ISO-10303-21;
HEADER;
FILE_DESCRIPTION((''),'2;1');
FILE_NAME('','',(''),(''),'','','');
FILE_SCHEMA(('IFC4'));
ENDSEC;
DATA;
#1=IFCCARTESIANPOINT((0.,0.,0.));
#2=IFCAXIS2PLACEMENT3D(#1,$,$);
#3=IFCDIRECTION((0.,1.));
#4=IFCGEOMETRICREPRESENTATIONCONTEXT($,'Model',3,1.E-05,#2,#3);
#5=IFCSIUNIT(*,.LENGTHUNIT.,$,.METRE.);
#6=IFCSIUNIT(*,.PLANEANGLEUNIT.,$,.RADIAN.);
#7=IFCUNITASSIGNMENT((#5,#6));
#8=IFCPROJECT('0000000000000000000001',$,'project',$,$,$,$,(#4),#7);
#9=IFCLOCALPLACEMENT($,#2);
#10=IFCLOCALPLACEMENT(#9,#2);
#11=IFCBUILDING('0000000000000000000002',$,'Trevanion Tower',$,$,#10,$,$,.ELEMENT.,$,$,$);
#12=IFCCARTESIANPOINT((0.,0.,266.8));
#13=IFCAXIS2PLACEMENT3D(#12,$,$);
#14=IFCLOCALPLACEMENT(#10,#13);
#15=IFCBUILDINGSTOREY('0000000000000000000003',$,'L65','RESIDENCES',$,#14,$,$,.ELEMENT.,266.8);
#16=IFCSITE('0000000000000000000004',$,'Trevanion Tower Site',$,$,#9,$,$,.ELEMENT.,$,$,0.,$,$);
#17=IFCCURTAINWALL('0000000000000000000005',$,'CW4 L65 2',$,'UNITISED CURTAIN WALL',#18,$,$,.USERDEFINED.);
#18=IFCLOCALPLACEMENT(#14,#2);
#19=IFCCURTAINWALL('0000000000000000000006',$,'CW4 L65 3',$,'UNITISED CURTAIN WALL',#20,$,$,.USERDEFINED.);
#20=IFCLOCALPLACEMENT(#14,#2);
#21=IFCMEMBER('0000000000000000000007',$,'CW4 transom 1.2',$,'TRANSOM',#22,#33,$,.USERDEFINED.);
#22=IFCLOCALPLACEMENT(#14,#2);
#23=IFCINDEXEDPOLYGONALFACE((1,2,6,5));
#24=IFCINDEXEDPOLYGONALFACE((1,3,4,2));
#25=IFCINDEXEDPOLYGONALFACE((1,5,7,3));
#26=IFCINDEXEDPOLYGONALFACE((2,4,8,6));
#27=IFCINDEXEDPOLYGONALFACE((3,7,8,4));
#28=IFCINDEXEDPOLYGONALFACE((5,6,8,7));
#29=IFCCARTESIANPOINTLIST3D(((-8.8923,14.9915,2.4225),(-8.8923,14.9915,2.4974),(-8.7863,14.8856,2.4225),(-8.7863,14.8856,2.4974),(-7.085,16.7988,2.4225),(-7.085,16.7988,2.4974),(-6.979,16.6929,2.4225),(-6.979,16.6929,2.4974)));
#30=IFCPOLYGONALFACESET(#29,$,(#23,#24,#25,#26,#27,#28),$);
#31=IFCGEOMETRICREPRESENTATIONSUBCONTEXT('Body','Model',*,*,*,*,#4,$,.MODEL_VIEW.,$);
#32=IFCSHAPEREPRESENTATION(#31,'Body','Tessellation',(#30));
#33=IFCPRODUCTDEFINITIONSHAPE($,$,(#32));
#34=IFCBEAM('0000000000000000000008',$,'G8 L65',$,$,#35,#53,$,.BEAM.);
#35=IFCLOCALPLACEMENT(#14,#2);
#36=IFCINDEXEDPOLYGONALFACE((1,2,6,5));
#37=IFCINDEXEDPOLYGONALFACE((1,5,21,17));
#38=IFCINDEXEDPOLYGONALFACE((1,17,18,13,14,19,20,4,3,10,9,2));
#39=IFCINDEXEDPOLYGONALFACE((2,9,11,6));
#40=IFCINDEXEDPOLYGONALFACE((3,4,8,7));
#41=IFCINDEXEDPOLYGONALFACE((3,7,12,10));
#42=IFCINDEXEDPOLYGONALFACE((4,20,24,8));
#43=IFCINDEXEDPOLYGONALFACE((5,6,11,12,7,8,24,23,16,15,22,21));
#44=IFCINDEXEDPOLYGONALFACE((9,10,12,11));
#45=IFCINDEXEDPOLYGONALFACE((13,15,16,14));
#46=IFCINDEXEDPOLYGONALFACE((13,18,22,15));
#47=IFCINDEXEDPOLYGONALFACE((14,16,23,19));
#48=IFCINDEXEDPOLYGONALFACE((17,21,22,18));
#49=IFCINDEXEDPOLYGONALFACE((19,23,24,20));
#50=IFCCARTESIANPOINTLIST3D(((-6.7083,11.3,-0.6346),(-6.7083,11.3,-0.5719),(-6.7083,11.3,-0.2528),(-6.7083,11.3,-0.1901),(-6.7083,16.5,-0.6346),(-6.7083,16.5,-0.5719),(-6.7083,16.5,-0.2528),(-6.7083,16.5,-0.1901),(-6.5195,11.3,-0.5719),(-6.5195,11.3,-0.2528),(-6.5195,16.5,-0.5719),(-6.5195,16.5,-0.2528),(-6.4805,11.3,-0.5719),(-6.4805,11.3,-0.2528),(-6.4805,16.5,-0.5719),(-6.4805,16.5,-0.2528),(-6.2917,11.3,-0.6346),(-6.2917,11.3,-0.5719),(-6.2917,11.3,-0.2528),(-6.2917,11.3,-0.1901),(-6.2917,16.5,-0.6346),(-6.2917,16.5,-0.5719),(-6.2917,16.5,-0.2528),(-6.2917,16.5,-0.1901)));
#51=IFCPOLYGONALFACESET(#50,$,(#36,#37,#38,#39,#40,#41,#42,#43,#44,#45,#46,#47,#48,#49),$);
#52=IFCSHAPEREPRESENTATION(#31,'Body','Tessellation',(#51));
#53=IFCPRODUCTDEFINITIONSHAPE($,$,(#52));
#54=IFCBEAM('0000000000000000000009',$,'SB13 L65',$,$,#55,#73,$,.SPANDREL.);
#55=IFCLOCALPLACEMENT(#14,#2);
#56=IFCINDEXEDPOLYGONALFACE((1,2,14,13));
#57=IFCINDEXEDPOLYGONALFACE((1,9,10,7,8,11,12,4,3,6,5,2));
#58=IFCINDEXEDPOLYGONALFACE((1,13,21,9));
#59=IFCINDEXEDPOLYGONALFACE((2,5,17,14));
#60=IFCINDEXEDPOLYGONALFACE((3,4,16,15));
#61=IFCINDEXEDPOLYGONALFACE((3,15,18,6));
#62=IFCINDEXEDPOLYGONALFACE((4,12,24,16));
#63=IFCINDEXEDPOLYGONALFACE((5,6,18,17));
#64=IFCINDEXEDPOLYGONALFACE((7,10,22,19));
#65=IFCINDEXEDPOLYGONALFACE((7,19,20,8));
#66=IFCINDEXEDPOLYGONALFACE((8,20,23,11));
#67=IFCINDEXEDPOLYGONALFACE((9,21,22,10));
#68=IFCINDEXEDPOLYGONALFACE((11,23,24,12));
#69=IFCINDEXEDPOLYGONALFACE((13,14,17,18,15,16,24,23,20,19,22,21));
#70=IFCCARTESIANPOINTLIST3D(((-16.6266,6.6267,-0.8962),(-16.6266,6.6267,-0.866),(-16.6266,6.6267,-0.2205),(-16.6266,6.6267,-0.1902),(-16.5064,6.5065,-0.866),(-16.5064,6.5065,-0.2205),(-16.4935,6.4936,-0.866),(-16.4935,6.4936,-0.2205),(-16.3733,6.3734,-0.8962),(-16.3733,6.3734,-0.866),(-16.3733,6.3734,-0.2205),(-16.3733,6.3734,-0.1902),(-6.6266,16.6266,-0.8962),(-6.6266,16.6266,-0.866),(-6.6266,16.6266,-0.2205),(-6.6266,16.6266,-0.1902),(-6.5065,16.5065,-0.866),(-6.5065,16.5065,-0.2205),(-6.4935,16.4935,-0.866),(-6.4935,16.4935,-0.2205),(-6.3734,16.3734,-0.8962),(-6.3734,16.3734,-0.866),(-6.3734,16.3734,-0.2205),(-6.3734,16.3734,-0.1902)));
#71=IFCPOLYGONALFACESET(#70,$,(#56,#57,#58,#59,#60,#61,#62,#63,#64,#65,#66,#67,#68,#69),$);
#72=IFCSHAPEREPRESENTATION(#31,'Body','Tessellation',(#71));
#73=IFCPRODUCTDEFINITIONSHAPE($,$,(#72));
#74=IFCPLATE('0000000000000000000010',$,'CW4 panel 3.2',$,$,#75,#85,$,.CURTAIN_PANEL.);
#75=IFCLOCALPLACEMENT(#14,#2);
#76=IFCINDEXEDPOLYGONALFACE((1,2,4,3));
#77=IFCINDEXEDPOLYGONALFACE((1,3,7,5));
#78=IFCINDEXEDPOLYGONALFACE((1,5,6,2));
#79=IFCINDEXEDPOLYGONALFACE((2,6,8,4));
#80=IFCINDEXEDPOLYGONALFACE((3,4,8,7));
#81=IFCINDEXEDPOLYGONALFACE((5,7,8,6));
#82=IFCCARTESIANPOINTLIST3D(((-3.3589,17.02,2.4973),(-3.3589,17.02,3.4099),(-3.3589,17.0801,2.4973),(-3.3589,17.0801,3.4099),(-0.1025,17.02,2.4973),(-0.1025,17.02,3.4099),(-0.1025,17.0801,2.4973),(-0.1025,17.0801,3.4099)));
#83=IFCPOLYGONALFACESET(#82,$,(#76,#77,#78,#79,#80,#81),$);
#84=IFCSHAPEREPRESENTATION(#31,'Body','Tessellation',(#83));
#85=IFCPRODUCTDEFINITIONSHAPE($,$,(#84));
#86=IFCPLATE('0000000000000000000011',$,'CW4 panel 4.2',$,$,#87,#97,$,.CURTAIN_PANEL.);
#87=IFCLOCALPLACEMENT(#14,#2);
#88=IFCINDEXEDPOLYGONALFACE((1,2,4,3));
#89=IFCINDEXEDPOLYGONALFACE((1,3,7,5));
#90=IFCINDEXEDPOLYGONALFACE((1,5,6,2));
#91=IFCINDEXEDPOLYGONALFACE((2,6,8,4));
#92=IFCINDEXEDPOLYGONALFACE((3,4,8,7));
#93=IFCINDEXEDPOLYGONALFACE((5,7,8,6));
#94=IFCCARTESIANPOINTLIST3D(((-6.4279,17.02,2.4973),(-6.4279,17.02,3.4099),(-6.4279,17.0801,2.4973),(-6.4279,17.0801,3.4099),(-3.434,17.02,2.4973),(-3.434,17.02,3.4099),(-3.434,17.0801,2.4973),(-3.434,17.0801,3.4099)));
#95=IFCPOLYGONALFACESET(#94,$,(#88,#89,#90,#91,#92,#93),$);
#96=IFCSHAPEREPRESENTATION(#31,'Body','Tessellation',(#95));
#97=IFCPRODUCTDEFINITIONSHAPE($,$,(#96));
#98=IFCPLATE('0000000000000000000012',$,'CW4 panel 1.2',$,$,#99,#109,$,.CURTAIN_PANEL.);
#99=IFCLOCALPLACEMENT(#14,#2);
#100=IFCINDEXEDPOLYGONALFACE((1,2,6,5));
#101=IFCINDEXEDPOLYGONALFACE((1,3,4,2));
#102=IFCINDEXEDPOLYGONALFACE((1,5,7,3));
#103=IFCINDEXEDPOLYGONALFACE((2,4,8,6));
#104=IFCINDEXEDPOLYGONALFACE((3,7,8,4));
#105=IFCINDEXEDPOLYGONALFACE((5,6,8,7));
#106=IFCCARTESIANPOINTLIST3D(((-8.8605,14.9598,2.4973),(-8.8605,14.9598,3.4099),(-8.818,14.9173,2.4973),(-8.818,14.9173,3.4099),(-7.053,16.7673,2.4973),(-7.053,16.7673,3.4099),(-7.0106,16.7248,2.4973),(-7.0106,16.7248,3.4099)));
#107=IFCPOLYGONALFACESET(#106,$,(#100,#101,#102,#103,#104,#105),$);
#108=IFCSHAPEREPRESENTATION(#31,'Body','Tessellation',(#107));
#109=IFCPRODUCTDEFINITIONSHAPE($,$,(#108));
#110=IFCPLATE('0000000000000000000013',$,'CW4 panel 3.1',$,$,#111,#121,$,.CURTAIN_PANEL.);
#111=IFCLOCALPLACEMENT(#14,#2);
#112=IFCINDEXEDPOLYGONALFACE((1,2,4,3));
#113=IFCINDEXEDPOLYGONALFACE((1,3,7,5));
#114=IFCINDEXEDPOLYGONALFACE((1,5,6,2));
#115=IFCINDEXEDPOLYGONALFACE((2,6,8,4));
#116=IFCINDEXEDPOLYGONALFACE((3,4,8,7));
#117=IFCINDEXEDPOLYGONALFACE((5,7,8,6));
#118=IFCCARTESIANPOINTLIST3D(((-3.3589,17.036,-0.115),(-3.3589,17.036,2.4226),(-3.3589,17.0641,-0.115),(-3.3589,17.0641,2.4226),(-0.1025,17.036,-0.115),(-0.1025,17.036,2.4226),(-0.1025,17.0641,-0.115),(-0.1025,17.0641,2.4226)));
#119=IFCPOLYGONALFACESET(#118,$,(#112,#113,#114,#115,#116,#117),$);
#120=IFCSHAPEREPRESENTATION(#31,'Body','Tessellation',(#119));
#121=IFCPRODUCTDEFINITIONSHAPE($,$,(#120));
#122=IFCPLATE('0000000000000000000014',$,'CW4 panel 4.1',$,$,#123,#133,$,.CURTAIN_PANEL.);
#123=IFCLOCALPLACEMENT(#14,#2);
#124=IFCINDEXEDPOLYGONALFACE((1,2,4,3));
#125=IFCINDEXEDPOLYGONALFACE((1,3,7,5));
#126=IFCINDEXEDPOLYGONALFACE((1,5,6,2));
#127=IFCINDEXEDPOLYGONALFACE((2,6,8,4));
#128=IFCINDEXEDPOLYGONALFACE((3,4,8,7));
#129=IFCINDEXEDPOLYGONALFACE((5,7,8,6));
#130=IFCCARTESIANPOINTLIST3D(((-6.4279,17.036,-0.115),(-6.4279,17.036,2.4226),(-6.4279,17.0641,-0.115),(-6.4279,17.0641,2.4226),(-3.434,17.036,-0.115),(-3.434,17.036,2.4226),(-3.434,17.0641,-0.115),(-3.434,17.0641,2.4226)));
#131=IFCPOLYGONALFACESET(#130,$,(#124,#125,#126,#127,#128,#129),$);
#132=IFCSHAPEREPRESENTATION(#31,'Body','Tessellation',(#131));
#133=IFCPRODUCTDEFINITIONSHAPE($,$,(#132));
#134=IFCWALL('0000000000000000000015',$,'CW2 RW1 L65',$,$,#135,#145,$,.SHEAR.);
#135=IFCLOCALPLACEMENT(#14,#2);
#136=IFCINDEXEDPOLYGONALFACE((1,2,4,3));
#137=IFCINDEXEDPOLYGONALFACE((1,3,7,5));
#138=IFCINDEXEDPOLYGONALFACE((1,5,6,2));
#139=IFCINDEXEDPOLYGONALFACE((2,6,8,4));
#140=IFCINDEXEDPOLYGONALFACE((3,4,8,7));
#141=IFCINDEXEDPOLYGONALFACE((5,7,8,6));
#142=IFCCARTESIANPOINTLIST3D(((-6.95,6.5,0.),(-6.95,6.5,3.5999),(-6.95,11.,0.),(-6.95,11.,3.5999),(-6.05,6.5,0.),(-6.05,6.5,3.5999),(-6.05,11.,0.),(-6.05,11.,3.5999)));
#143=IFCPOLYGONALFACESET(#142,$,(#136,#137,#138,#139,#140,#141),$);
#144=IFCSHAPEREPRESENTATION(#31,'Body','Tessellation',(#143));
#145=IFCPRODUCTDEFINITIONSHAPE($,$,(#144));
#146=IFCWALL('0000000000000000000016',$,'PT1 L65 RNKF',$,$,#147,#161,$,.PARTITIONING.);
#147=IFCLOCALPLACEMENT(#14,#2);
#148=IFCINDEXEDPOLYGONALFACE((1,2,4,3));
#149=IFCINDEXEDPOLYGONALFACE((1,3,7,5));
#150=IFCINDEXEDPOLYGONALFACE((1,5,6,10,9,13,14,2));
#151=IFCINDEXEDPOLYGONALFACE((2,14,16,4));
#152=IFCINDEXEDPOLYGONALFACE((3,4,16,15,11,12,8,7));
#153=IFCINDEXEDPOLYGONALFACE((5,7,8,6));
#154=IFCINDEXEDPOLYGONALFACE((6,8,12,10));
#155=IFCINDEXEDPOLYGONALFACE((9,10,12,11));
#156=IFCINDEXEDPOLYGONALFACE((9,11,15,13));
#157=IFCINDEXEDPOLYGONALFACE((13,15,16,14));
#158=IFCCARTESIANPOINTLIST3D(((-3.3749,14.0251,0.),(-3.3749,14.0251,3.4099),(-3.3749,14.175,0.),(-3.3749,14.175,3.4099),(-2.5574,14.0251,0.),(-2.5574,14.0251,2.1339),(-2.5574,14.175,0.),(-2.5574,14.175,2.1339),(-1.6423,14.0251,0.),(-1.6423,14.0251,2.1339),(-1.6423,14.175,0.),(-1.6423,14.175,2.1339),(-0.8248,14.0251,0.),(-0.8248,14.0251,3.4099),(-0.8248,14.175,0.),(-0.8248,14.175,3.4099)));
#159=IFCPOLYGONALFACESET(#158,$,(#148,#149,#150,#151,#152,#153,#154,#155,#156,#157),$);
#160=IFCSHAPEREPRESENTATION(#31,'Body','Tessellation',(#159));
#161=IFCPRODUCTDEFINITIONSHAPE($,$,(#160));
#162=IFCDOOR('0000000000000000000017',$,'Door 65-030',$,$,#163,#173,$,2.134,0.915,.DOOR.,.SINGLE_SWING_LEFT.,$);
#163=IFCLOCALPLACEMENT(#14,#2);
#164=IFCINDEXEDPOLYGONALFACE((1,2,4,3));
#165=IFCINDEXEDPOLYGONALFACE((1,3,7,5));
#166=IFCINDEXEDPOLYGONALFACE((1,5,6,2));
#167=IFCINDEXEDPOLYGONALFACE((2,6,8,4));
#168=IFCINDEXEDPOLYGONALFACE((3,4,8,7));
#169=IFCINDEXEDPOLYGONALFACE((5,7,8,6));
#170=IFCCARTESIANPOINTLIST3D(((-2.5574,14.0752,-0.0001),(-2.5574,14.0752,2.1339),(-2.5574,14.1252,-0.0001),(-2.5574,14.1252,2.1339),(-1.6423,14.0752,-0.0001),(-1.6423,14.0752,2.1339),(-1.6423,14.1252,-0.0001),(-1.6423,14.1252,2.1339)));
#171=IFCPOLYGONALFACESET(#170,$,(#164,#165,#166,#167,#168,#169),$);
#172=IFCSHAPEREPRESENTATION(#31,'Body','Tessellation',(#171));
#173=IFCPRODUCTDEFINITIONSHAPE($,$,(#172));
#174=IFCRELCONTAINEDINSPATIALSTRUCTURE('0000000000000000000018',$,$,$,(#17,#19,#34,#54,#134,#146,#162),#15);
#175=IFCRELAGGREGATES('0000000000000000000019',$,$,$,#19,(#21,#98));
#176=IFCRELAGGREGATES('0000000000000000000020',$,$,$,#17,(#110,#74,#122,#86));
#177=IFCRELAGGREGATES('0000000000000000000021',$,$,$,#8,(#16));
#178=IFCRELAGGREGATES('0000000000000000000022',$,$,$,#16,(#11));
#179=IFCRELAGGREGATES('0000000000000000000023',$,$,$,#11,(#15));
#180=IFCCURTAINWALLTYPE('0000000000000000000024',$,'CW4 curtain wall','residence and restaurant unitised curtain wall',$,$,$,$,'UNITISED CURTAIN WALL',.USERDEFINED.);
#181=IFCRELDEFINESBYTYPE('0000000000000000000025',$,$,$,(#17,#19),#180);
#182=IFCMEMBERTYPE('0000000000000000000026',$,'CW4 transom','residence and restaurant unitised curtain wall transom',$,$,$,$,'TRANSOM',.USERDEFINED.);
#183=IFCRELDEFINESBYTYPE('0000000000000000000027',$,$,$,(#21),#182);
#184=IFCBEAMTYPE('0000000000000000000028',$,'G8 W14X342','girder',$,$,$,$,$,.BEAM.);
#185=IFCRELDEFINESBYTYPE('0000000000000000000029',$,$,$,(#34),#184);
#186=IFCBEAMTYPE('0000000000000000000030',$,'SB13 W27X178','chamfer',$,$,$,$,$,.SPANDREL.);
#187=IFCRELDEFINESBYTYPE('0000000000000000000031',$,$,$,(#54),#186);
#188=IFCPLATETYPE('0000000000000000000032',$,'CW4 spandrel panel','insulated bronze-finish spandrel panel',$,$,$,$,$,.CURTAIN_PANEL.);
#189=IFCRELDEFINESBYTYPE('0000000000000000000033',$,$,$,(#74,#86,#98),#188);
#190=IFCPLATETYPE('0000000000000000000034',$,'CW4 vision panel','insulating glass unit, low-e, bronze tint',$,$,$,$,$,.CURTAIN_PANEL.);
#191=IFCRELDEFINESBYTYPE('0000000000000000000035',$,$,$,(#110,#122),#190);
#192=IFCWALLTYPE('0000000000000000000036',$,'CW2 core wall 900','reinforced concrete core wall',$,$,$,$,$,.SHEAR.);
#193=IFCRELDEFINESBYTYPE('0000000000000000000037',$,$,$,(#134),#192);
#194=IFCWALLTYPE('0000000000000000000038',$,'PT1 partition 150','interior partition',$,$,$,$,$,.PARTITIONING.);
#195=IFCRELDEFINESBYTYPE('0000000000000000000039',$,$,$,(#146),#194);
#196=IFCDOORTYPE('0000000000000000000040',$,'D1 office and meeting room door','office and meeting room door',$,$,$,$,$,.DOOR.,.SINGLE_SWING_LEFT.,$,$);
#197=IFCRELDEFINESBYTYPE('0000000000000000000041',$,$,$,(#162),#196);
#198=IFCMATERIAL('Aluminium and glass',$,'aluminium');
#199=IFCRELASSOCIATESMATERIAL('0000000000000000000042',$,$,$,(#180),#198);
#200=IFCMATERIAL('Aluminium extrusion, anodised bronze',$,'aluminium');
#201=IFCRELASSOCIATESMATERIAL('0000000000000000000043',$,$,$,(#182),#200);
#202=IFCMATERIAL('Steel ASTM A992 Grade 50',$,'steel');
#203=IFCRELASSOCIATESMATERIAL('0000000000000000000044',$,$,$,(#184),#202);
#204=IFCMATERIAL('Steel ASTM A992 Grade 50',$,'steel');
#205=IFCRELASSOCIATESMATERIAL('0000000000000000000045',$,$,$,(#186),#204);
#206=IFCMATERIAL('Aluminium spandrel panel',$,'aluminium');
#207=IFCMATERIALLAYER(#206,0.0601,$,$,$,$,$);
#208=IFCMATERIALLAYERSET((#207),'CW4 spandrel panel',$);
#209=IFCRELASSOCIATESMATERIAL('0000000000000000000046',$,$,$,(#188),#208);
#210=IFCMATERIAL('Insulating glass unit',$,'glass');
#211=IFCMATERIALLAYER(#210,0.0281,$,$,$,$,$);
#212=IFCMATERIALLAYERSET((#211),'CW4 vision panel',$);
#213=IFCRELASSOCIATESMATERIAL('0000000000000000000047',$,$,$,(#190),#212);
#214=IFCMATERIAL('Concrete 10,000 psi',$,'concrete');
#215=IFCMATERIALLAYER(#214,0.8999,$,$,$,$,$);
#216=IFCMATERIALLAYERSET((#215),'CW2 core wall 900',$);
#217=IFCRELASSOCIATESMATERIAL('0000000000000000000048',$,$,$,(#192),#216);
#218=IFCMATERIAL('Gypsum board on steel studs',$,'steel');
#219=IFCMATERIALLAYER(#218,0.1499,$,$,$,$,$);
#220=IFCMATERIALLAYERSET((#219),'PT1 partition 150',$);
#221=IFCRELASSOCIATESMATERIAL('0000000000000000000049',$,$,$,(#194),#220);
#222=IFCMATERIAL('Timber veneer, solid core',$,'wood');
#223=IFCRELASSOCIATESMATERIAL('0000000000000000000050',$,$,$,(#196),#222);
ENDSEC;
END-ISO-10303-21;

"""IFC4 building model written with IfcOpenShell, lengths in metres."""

from ifc_helpers import new_model, si_unit, direction, frame, frame_2d, origin, origin_2d, place, context, subcontext, project, spatial, rectangle, i_section, extrude, material, layer, layer_set, material_profile, profile_set, type_object, element, fill, aggregate, save


model = new_model("IFC4")

# Units and contexts
model_context = context("Model", 3, precision=1e-05, world=origin(), true_north=direction((0.0, 1.0)))
body_context = subcontext(model_context, "Body", "Model", "MODEL_VIEW")
ifc_project = project(units=[si_unit("LENGTHUNIT", "METRE"), si_unit("PLANEANGLEUNIT", "RADIAN")], contexts=[model_context])

# Site, building, storey
site_placement = place(None, origin())
site = spatial("IfcSite", under=ifc_project, at=site_placement, Name="Trevanion Tower Site", CompositionType="ELEMENT", RefElevation=0.0)
building_placement = place(site_placement, origin())
building = spatial("IfcBuilding", under=site, at=building_placement, Name="Trevanion Tower", CompositionType="ELEMENT")
storey_placement = place(building_placement, frame((0.0, 0.0, 266.8)))
storey = spatial("IfcBuildingStorey", under=building, at=storey_placement, Name="L65", Description="RESIDENCES", CompositionType="ELEMENT", Elevation=266.8)

# Curtain wall
ifc_material_1 = material(Name="Aluminium and glass", Category="aluminium")
curtain_wall_type = type_object("IfcCurtainWallType", Name="CW4 curtain wall", Description="residence and restaurant unitised curtain wall", ElementType="UNITISED CURTAIN WALL", PredefinedType="USERDEFINED", material=ifc_material_1)
curtain_wall_1_placement = place(storey_placement, origin())
curtain_wall_1 = element("IfcCurtainWall", 1, at=curtain_wall_1_placement, inside=storey, type_object=curtain_wall_type, Name="CW4 L65 2", ObjectType="UNITISED CURTAIN WALL", PredefinedType="USERDEFINED")

# Curtain wall
curtain_wall_2_placement = place(storey_placement, origin())
curtain_wall_2 = element("IfcCurtainWall", 2, at=curtain_wall_2_placement, inside=storey, type_object=curtain_wall_type, Name="CW4 L65 3", ObjectType="UNITISED CURTAIN WALL", PredefinedType="USERDEFINED")

# Member
ifc_material_2 = material(Name="Aluminium extrusion, anodised bronze", Category="aluminium")
ifc_material_profile_1 = material_profile(ifc_material_2, rectangle(XDim=0.1499, YDim=0.075, at=origin_2d()), Name="CW4 transom")
ifc_profile_set_1 = profile_set([ifc_material_profile_1], Name="Aluminium extrusion, anodised bronze")
member_type_1 = type_object("IfcMemberType", Name="CW4 transom", Description="residence and restaurant unitised curtain wall transom", ElementType="TRANSOM", PredefinedType="USERDEFINED", material=ifc_profile_set_1)
member_1_placement = place(storey_placement, frame((-7.032, 16.7458, 2.46), z_axis=(-0.707107, -0.707107, 0.0), x_axis=(0.707107, -0.707107, 0.0)))
member_1 = element("IfcMember", 3, at=member_1_placement, type_object=member_type_1, Name="CW4 transom 1.2", ObjectType="TRANSOM", PredefinedType="USERDEFINED", context=body_context, shape_type="SweptSolid", body=[
    extrude(rectangle(XDim=0.1499, YDim=0.075, at=origin_2d()), origin(), (0.0, 0.0, 1.0), 2.5559),
])

# Beams
ifc_material_3 = material(Name="Steel ASTM A992 Grade 50", Category="steel")
ifc_material_profile_2 = material_profile(ifc_material_3, i_section(OverallWidth=0.4165, OverallDepth=0.4446, WebThickness=0.0391, FlangeThickness=0.0627, at=origin_2d()), Name="W14X342")
ifc_profile_set_2 = profile_set([ifc_material_profile_2], Name="Steel ASTM A992 Grade 50")
beam_type_1 = type_object("IfcBeamType", Name="G8 W14X342", Description="girder", PredefinedType="BEAM", material=ifc_profile_set_2)
beam_1_placement = place(storey_placement, frame((-6.5, 11.3, -0.4124), z_axis=(0.0, 1.0, 0.0), x_axis=(-1.0, 0.0, 0.0)))
element("IfcBeam", 4, at=beam_1_placement, inside=storey, type_object=beam_type_1, Name="G8 L65", PredefinedType="BEAM", context=body_context, shape_type="SweptSolid", body=[
    extrude(i_section(OverallWidth=0.4165, OverallDepth=0.4446, WebThickness=0.0391, FlangeThickness=0.0627, at=origin_2d()), origin(), (0.0, 0.0, 1.0), 5.2),
])
ifc_material_4 = material(Name="Steel ASTM A992 Grade 50", Category="steel")
ifc_material_profile_3 = material_profile(ifc_material_4, i_section(OverallWidth=0.3582, OverallDepth=0.7061, WebThickness=0.0183, FlangeThickness=0.0303, at=origin_2d()), Name="W27X178")
ifc_profile_set_3 = profile_set([ifc_material_profile_3], Name="Steel ASTM A992 Grade 50")
beam_type_2 = type_object("IfcBeamType", Name="SB13 W27X178", Description="chamfer", PredefinedType="SPANDREL", material=ifc_profile_set_3)
beam_2_placement = place(storey_placement, frame((-6.5, 16.5, -0.5432), z_axis=(-0.707107, -0.707107, 0.0), x_axis=(0.707107, -0.707107, 0.0)))
element("IfcBeam", 5, at=beam_2_placement, inside=storey, type_object=beam_type_2, Name="SB13 L65", PredefinedType="SPANDREL", context=body_context, shape_type="SweptSolid", body=[
    extrude(i_section(OverallWidth=0.3582, OverallDepth=0.7061, WebThickness=0.0183, FlangeThickness=0.0303, at=origin_2d()), origin(), (0.0, 0.0, 1.0), 14.1421),
])

# Plates
ifc_material_5 = material(Name="Aluminium spandrel panel", Category="aluminium")
ifc_layer_1 = layer(ifc_material_5, 0.0601)
ifc_layer_set_1 = layer_set([ifc_layer_1], Name="CW4 spandrel panel")
plate_type_1 = type_object("IfcPlateType", Name="CW4 spandrel panel", Description="insulated bronze-finish spandrel panel", PredefinedType="CURTAIN_PANEL", material=ifc_layer_set_1)
plate_1_placement = place(storey_placement, frame((-1.7307, 17.05, 2.4973), z_axis=(0.0, 0.0, 1.0), x_axis=(-1.0, 0.0, 0.0)))
plate_1 = element("IfcPlate", 6, at=plate_1_placement, type_object=plate_type_1, Name="CW4 panel 3.2", PredefinedType="CURTAIN_PANEL", context=body_context, shape_type="SweptSolid", body=[
    extrude(rectangle(XDim=3.2563, YDim=0.0601, at=origin_2d()), origin(), (0.0, 0.0, 1.0), 0.9126),
])
plate_2_placement = place(storey_placement, frame((-4.9309, 17.05, 2.4973), z_axis=(0.0, 0.0, 1.0), x_axis=(-1.0, 0.0, 0.0)))
plate_2 = element("IfcPlate", 7, at=plate_2_placement, type_object=plate_type_1, Name="CW4 panel 4.2", PredefinedType="CURTAIN_PANEL", context=body_context, shape_type="SweptSolid", body=[
    extrude(rectangle(XDim=2.9939, YDim=0.0601, at=origin_2d()), origin(), (0.0, 0.0, 1.0), 0.9126),
])
plate_3_placement = place(storey_placement, frame((-7.9355, 15.8423, 2.4973), z_axis=(0.0, 0.0, 1.0), x_axis=(-0.707107, -0.707107, 0.0)))
plate_3 = element("IfcPlate", 8, at=plate_3_placement, type_object=plate_type_1, Name="CW4 panel 1.2", PredefinedType="CURTAIN_PANEL", context=body_context, shape_type="SweptSolid", body=[
    extrude(rectangle(XDim=2.5562, YDim=0.0601, at=origin_2d()), origin(), (0.0, 0.0, 1.0), 0.9126),
])
aggregate(curtain_wall_2, [member_1, plate_3])
ifc_material_6 = material(Name="Insulating glass unit", Category="glass")
ifc_layer_2 = layer(ifc_material_6, 0.0281)
ifc_layer_set_2 = layer_set([ifc_layer_2], Name="CW4 vision panel")
plate_type_2 = type_object("IfcPlateType", Name="CW4 vision panel", Description="insulating glass unit, low-e, bronze tint", PredefinedType="CURTAIN_PANEL", material=ifc_layer_set_2)
plate_4_placement = place(storey_placement, frame((-1.7307, 17.05, -0.115), z_axis=(0.0, 0.0, 1.0), x_axis=(-1.0, 0.0, 0.0)))
plate_4 = element("IfcPlate", 9, at=plate_4_placement, type_object=plate_type_2, Name="CW4 panel 3.1", PredefinedType="CURTAIN_PANEL", context=body_context, shape_type="SweptSolid", body=[
    extrude(rectangle(XDim=3.2563, YDim=0.0281, at=origin_2d()), origin(), (0.0, 0.0, 1.0), 2.5376),
])
plate_5_placement = place(storey_placement, frame((-4.9309, 17.05, -0.115), z_axis=(0.0, 0.0, 1.0), x_axis=(-1.0, 0.0, 0.0)))
plate_5 = element("IfcPlate", 10, at=plate_5_placement, type_object=plate_type_2, Name="CW4 panel 4.1", PredefinedType="CURTAIN_PANEL", context=body_context, shape_type="SweptSolid", body=[
    extrude(rectangle(XDim=2.9939, YDim=0.0281, at=origin_2d()), origin(), (0.0, 0.0, 1.0), 2.5376),
])
aggregate(curtain_wall_1, [plate_4, plate_1, plate_5, plate_2])

# Wall
ifc_material_7 = material(Name="Concrete 10,000 psi", Category="concrete")
ifc_layer_3 = layer(ifc_material_7, 0.8999)
ifc_layer_set_3 = layer_set([ifc_layer_3], Name="CW2 core wall 900")
wall_type_1 = type_object("IfcWallType", Name="CW2 core wall 900", Description="reinforced concrete core wall", PredefinedType="SHEAR", material=ifc_layer_set_3)
wall_1_placement = place(storey_placement, frame((-6.5, 11.0, 0.0), z_axis=(0.0, 0.0, 1.0), x_axis=(0.0, -1.0, 0.0)))
element("IfcWall", 11, at=wall_1_placement, inside=storey, type_object=wall_type_1, Name="CW2 RW1 L65", PredefinedType="SHEAR", context=body_context, shape_type="SweptSolid", body=[
    extrude(rectangle(XDim=4.5, YDim=0.8999, at=frame_2d((2.25, 0.0))), origin(), (0.0, 0.0, 1.0), 3.5999),
])

# Wall, opening, door
ifc_material_8 = material(Name="Gypsum board on steel studs", Category="steel")
ifc_layer_4 = layer(ifc_material_8, 0.1499)
ifc_layer_set_4 = layer_set([ifc_layer_4], Name="PT1 partition 150")
wall_type_2 = type_object("IfcWallType", Name="PT1 partition 150", Description="interior partition", PredefinedType="PARTITIONING", material=ifc_layer_set_4)
wall_2_placement = place(storey_placement, frame((-0.825, 14.1001, 0.0), z_axis=(0.0, 0.0, 1.0), x_axis=(-1.0, 0.0, 0.0)))
wall_2 = element("IfcWall", 12, at=wall_2_placement, inside=storey, type_object=wall_type_2, Name="PT1 L65 RNKF", PredefinedType="PARTITIONING", context=body_context, shape_type="SweptSolid", body=[
    extrude(rectangle(XDim=2.55, YDim=0.1499, at=frame_2d((1.2749, 0.0))), origin(), (0.0, 0.0, 1.0), 3.4099),
])
opening_placement = place(wall_2_placement, frame((0.8174, 0.0, 0.0)))
opening = element("IfcOpeningElement", 13, at=opening_placement, cuts=wall_2, PredefinedType="OPENING", context=body_context, shape_type="SweptSolid", body=[
    extrude(rectangle(XDim=0.915, YDim=2.134, at=frame_2d((0.4575, 1.0669))), frame((0.0, 0.085, 0.0), z_axis=(0.0, -1.0, 0.0), x_axis=(1.0, 0.0, 0.0)), (0.0, 0.0, 1.0), 0.1699),
])
ifc_material_9 = material(Name="Timber veneer, solid core", Category="wood")
door_type = type_object("IfcDoorType", Name="D1 office and meeting room door", Description="office and meeting room door", OperationType="SINGLE_SWING_LEFT", PredefinedType="DOOR", material=ifc_material_9)
door_placement = place(opening_placement, origin())
door = element("IfcDoor", 14, at=door_placement, inside=storey, type_object=door_type, Name="Door 65-030", OperationType="SINGLE_SWING_LEFT", OverallHeight=2.134, OverallWidth=0.915, PredefinedType="DOOR", context=body_context, shape_type="SweptSolid", body=[
    extrude(rectangle(XDim=0.915, YDim=2.134, at=frame_2d((0.4575, 1.0669))), frame((0.0, 0.0249, 0.0), z_axis=(0.0, -1.0, 0.0), x_axis=(1.0, 0.0, 0.0)), (0.0, 0.0, 1.0), 0.05),
])
fill(opening, door)

save(model, "model.ifc")
